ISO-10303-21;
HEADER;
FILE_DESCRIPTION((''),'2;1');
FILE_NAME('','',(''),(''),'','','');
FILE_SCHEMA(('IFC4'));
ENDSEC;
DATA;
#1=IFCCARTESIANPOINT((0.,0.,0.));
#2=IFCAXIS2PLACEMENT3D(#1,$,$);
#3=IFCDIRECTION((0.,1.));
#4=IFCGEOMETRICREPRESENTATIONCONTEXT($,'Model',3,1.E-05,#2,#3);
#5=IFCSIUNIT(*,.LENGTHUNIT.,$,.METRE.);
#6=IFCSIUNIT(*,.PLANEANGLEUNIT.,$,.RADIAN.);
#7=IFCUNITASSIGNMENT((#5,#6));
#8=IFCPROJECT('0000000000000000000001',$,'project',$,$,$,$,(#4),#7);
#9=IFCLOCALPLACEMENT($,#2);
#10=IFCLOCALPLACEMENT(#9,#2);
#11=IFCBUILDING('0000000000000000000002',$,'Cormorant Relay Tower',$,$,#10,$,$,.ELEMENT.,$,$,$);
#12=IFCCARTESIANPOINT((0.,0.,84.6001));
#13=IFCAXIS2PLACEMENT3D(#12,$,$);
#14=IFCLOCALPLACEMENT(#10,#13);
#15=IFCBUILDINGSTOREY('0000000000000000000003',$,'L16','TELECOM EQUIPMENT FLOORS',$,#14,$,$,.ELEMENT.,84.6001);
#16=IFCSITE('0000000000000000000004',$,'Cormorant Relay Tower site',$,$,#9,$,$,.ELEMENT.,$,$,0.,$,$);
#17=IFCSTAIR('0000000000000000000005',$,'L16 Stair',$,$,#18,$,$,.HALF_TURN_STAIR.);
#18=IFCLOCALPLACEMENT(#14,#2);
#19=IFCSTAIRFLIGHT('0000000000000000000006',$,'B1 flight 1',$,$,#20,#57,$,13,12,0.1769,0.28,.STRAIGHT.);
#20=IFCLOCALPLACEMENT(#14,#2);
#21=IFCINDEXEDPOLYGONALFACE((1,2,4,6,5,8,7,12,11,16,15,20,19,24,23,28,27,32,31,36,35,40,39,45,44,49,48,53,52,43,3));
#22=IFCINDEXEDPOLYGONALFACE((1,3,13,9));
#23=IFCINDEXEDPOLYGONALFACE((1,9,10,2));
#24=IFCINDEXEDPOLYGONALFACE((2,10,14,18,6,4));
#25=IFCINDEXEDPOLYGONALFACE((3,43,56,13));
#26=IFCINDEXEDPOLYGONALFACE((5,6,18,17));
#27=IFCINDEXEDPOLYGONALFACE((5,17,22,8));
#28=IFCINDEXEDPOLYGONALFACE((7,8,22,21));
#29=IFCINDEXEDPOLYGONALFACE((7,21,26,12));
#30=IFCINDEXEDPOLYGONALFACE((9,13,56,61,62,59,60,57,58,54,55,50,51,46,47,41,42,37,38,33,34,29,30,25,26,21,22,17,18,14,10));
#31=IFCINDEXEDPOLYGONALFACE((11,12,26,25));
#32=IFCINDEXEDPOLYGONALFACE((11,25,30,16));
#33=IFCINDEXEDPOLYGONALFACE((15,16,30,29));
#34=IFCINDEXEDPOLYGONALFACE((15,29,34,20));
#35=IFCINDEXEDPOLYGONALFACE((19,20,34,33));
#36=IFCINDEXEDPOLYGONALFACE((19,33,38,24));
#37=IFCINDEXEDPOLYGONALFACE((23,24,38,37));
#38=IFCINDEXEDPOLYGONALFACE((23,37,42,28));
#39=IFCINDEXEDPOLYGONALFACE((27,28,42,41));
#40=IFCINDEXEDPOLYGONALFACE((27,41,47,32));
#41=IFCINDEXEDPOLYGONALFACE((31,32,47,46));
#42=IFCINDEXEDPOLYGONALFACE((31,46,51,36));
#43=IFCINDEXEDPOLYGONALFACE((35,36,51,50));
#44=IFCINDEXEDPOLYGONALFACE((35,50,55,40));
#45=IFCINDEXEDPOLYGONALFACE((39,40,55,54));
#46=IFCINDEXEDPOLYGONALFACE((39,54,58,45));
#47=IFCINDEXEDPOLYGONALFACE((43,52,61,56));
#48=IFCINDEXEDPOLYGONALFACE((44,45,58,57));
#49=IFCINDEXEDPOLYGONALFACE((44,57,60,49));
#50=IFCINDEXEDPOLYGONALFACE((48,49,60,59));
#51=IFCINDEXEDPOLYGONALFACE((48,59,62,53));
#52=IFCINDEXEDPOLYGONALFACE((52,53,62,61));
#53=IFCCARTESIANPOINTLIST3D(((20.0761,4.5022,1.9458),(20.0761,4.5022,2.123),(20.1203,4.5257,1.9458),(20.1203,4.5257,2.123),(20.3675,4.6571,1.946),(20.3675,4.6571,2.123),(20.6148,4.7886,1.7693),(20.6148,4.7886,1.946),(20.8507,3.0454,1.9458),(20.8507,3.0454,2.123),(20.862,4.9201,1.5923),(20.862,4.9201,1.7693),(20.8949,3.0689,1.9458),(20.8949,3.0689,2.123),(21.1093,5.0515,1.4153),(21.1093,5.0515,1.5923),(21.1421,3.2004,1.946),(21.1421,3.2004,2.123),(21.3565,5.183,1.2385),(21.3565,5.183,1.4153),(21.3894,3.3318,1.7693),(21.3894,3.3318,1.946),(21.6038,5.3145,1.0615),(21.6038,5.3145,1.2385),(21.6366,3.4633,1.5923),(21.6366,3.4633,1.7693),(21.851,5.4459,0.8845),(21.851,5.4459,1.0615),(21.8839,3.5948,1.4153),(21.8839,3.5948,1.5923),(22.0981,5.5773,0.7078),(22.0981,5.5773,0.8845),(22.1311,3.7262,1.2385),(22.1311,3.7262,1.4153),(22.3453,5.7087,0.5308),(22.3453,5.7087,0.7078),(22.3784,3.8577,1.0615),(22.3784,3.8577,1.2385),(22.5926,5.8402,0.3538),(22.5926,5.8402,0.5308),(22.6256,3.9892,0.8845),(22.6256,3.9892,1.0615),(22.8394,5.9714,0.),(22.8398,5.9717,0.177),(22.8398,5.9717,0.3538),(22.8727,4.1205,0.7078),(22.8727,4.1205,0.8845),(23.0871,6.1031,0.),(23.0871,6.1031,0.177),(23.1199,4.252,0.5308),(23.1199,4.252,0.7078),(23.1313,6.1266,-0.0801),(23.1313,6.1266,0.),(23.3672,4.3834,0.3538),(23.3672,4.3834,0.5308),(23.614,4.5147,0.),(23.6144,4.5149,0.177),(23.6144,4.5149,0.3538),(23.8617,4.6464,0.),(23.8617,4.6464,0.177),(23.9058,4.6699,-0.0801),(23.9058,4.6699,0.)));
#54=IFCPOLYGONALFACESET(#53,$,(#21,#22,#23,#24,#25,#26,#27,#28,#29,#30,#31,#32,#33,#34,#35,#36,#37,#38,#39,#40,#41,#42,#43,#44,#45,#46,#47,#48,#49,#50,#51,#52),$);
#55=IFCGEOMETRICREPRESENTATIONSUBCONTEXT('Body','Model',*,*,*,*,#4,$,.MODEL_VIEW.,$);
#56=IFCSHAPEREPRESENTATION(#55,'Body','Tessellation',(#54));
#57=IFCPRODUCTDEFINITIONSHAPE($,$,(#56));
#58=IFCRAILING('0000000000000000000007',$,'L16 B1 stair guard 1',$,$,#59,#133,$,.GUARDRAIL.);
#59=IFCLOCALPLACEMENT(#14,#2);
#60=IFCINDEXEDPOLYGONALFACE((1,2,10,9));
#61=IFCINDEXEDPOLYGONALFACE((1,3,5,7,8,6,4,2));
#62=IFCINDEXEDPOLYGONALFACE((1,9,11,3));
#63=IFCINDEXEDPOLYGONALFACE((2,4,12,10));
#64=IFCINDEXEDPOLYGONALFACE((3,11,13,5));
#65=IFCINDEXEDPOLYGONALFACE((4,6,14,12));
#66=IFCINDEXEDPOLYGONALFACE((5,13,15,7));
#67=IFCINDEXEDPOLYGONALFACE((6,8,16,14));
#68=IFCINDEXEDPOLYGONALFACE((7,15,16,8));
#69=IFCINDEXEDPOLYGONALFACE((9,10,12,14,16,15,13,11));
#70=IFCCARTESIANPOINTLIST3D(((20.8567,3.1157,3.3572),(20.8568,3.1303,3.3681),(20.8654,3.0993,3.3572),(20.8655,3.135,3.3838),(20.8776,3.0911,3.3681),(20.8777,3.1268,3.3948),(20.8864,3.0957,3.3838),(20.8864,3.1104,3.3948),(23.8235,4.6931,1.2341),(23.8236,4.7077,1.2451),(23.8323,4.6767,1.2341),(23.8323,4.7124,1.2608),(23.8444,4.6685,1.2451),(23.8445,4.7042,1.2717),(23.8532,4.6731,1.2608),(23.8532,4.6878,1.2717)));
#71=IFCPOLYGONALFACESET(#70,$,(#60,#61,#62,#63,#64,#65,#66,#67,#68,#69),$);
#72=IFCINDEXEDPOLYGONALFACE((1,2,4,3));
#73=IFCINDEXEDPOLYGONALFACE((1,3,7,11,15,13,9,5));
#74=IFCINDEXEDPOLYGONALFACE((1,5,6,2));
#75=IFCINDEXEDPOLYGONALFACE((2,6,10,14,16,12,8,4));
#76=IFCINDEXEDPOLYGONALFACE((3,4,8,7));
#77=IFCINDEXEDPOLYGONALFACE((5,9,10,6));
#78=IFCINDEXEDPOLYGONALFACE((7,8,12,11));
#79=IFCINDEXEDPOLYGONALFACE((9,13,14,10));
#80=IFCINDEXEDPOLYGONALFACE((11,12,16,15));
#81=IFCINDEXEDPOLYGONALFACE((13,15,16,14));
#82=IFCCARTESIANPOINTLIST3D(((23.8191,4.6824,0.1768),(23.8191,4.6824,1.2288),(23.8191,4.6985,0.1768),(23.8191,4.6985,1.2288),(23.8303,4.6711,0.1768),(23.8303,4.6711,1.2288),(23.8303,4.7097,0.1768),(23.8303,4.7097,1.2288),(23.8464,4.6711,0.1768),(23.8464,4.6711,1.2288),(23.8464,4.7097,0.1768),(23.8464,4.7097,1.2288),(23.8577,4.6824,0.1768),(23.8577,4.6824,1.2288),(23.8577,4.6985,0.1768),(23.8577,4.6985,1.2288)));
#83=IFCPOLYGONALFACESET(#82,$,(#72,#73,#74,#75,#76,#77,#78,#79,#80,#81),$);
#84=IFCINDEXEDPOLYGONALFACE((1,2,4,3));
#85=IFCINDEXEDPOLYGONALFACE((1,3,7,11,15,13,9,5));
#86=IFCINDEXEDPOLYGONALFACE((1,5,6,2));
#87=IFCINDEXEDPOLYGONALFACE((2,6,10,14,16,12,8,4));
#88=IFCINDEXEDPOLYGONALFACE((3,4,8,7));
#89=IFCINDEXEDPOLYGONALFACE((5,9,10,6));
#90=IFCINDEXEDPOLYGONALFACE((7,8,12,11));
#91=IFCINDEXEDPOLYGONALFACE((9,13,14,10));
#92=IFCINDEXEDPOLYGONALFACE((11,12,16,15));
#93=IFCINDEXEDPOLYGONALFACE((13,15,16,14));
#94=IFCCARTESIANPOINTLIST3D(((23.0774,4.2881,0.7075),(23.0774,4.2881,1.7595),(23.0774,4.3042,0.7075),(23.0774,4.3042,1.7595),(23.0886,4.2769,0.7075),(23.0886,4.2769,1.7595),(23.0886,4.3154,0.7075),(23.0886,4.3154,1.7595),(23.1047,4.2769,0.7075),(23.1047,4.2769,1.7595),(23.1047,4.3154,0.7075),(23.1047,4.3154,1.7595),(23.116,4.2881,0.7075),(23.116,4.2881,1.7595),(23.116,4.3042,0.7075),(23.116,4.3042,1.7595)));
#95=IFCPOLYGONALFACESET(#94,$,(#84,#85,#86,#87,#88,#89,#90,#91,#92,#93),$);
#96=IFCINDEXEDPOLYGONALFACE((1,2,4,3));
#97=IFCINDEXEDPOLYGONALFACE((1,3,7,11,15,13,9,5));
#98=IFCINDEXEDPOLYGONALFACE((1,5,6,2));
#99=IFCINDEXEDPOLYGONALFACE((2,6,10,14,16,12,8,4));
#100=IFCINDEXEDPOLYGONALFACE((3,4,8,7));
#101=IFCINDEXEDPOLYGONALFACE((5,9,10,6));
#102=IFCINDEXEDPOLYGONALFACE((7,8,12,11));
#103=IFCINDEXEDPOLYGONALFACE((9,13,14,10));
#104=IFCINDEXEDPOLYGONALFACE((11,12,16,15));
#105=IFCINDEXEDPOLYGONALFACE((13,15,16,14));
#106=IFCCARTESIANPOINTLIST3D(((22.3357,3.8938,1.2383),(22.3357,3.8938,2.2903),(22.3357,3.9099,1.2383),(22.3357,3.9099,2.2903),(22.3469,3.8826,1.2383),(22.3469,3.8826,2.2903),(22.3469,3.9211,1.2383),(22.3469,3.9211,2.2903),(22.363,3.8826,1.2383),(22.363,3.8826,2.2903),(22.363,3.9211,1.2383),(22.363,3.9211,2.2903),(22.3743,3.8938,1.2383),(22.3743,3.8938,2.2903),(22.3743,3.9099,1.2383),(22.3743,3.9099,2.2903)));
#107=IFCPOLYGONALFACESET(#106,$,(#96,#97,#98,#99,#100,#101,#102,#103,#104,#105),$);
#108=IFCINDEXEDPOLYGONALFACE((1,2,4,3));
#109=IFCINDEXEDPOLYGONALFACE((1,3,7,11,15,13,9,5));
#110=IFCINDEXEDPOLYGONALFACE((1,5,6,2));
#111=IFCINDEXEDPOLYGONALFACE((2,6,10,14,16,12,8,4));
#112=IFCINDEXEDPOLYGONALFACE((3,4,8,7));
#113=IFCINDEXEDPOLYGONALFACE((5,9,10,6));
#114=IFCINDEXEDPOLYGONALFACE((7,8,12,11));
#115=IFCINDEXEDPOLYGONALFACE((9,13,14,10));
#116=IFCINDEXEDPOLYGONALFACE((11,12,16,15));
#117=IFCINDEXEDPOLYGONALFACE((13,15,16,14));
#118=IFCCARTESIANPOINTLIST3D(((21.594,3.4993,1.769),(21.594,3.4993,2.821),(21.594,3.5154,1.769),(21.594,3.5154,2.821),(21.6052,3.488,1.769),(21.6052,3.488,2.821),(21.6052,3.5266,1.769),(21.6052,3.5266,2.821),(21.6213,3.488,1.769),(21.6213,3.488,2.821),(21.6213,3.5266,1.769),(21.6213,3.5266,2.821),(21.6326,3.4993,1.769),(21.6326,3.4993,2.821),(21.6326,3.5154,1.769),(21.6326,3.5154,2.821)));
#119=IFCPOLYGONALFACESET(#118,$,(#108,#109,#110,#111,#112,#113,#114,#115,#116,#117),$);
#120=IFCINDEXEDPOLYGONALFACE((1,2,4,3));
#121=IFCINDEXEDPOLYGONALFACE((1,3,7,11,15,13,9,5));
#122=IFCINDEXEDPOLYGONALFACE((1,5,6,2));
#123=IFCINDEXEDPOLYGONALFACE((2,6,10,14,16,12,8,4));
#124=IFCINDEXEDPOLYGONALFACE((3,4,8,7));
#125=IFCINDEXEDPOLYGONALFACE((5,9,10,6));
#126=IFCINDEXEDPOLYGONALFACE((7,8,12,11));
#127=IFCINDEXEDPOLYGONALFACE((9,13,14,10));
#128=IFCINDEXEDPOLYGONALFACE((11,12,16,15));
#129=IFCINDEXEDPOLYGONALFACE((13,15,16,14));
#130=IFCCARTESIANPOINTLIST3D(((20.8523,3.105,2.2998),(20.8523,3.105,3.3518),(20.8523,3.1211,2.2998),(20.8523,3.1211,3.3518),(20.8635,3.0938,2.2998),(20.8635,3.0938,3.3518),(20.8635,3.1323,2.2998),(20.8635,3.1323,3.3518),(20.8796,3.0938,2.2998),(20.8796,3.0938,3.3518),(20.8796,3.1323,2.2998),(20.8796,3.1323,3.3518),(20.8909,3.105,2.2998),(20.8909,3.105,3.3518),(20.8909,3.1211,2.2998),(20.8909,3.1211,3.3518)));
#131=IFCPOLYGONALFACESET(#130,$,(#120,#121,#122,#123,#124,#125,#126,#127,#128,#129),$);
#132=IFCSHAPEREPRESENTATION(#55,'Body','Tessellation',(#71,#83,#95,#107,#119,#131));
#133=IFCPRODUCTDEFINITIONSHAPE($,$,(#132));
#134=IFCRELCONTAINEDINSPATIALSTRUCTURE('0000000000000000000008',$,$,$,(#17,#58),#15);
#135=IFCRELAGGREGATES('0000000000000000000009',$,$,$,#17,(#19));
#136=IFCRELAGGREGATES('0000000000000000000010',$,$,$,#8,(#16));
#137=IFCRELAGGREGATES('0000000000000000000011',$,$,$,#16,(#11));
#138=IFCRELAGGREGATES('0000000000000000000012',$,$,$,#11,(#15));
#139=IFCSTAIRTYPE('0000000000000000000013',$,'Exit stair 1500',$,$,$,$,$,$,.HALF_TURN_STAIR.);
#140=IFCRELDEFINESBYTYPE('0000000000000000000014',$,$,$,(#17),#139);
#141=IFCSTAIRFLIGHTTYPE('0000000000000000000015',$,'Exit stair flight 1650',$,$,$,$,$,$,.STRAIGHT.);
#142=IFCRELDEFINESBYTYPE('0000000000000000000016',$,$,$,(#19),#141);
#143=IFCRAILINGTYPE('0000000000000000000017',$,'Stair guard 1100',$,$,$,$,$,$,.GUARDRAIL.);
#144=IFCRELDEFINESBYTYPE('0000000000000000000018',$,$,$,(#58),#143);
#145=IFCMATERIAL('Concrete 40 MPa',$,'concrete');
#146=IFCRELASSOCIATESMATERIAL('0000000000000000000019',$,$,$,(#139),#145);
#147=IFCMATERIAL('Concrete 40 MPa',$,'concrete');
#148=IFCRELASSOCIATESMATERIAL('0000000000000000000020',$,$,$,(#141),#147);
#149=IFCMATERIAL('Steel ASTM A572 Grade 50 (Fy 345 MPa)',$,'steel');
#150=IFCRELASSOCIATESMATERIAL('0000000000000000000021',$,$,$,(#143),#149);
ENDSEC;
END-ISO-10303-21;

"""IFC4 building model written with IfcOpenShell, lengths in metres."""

from ifc_helpers import new_model, si_unit, direction, frame, origin, place, context, subcontext, project, spatial, polyline, outline, extrude, material, type_object, element, aggregate, save


model = new_model("IFC4")

# Units and contexts
model_context = context("Model", 3, precision=1e-05, world=origin(), true_north=direction((0.0, 1.0)))
body_context = subcontext(model_context, "Body", "Model", "MODEL_VIEW")
ifc_project = project(units=[si_unit("LENGTHUNIT", "METRE"), si_unit("PLANEANGLEUNIT", "RADIAN")], contexts=[model_context])

# Site, building, storey
site_placement = place(None, origin())
site = spatial("IfcSite", under=ifc_project, at=site_placement, Name="Cormorant Relay Tower site", CompositionType="ELEMENT", RefElevation=0.0)
building_placement = place(site_placement, origin())
building = spatial("IfcBuilding", under=site, at=building_placement, Name="Cormorant Relay Tower", CompositionType="ELEMENT")
storey_placement = place(building_placement, frame((0.0, 0.0, 84.6001)))
storey = spatial("IfcBuildingStorey", under=building, at=storey_placement, Name="L16", Description="TELECOM EQUIPMENT FLOORS", CompositionType="ELEMENT", Elevation=84.6001)

# Stair, stair flight
ifc_material_1 = material(Name="Concrete 40 MPa", Category="concrete")
stair_type = type_object("IfcStairType", Name="Exit stair 1500", PredefinedType="HALF_TURN_STAIR", material=ifc_material_1)
stair_placement = place(storey_placement, origin())
stair = element("IfcStair", 1, at=stair_placement, inside=storey, type_object=stair_type, Name="L16 Stair", PredefinedType="HALF_TURN_STAIR")
ifc_material_2 = material(Name="Concrete 40 MPa", Category="concrete")
stair_flight_type = type_object("IfcStairFlightType", Name="Exit stair flight 1650", PredefinedType="STRAIGHT", material=ifc_material_2)
stair_flight_placement = place(storey_placement, frame((23.4744, 5.3748, 0.0), z_axis=(0.0, 0.0, 1.0), x_axis=(-0.882948, -0.469472, 0.0)))
stair_flight = element("IfcStairFlight", 2, at=stair_flight_placement, type_object=stair_flight_type, Name="B1 flight 1", NumberOfRisers=13, NumberOfTreads=12, PredefinedType="STRAIGHT", RiserHeight=0.1769, TreadLength=0.28, context=body_context, shape_type="SweptSolid", body=[
    extrude(outline(polyline([(-0.05, -0.0801), (-0.05, 0.0), (0.0, 0.0), (0.0, 0.177), (0.28, 0.177), (0.28, 0.3538), (0.5601, 0.3538), (0.5601, 0.5308), (0.8401, 0.5308), (0.8401, 0.7078), (1.1201, 0.7078), (1.1201, 0.8845), (1.3999, 0.8845), (1.3999, 1.0615), (1.6799, 1.0615), (1.6799, 1.2385), (1.96, 1.2385), (1.96, 1.4153), (2.24, 1.4153), (2.24, 1.5923), (2.52, 1.5923), (2.52, 1.7693), (2.8, 1.7693), (2.8, 1.946), (3.0801, 1.946), (3.0801, 2.123), (3.3601, 2.123), (3.4102, 2.123), (3.4102, 1.9458), (3.3601, 1.9458), (0.2805, 0.0), (-0.05, -0.0801)])), frame((0.0, 0.825, 0.0), z_axis=(0.0, -1.0, 0.0), x_axis=(1.0, 0.0, 0.0)), (0.0, 0.0, 1.0), 1.6499),
])
aggregate(stair, [stair_flight])

# Railing
ifc_material_3 = material(Name="Steel ASTM A572 Grade 50 (Fy 345 MPa)", Category="steel")
railing_type_1 = type_object("IfcRailingType", Name="Stair guard 1100", PredefinedType="GUARDRAIL", material=ifc_material_3)
railing_1_placement = place(storey_placement, frame((23.8384, 4.6904, 0.1768)))
element("IfcRailing", 3, at=railing_1_placement, inside=storey, type_object=railing_type_1, Name="L16 B1 stair guard 1", PredefinedType="GUARDRAIL", context=body_context, shape_type="SweptSolid", body=[
    extrude(outline(polyline([(0.0222, 0.0093), (0.0093, 0.0222), (-0.0093, 0.0222), (-0.0222, 0.0093), (-0.0222, -0.0093), (-0.0093, -0.0222), (0.0093, -0.0222), (0.0222, -0.0093), (0.0222, 0.0093)])), frame((0.0, 0.0, 1.0762), z_axis=(-0.746441, -0.396869, 0.534155), x_axis=(0.469453, -0.882958, 0.0)), (0.0, 0.0, 1.0), 3.9746),
    extrude(outline(polyline([(0.0193, 0.0081), (0.0081, 0.0193), (-0.0081, 0.0193), (-0.0193, 0.0081), (-0.0193, -0.0081), (-0.0081, -0.0193), (0.0081, -0.0193), (0.0193, -0.0081), (0.0193, 0.0081)])), origin(), (0.0, 0.0, 1.0), 1.052),
    extrude(outline(polyline([(0.0193, 0.0081), (0.0081, 0.0193), (-0.0081, 0.0193), (-0.0193, 0.0081), (-0.0193, -0.0081), (-0.0081, -0.0193), (0.0081, -0.0193), (0.0193, -0.0081), (0.0193, 0.0081)])), frame((-0.7417, -0.3943, 0.5308)), (0.0, 0.0, 1.0), 1.052),
    extrude(outline(polyline([(0.0193, 0.0081), (0.0081, 0.0193), (-0.0081, 0.0193), (-0.0193, 0.0081), (-0.0193, -0.0081), (-0.0081, -0.0193), (0.0081, -0.0193), (0.0193, -0.0081), (0.0193, 0.0081)])), frame((-1.4834, -0.7886, 1.0615)), (0.0, 0.0, 1.0), 1.052),
    extrude(outline(polyline([(0.0193, 0.0081), (0.0081, 0.0193), (-0.0081, 0.0193), (-0.0193, 0.0081), (-0.0193, -0.0081), (-0.0081, -0.0193), (0.0081, -0.0193), (0.0193, -0.0081), (0.0193, 0.0081)])), frame((-2.2251, -1.1831, 1.5923)), (0.0, 0.0, 1.0), 1.052),
    extrude(outline(polyline([(0.0193, 0.0081), (0.0081, 0.0193), (-0.0081, 0.0193), (-0.0193, 0.0081), (-0.0193, -0.0081), (-0.0081, -0.0193), (0.0081, -0.0193), (0.0193, -0.0081), (0.0193, 0.0081)])), frame((-2.9668, -1.5774, 2.123)), (0.0, 0.0, 1.0), 1.052),
])

save(model, "model.ifc")
